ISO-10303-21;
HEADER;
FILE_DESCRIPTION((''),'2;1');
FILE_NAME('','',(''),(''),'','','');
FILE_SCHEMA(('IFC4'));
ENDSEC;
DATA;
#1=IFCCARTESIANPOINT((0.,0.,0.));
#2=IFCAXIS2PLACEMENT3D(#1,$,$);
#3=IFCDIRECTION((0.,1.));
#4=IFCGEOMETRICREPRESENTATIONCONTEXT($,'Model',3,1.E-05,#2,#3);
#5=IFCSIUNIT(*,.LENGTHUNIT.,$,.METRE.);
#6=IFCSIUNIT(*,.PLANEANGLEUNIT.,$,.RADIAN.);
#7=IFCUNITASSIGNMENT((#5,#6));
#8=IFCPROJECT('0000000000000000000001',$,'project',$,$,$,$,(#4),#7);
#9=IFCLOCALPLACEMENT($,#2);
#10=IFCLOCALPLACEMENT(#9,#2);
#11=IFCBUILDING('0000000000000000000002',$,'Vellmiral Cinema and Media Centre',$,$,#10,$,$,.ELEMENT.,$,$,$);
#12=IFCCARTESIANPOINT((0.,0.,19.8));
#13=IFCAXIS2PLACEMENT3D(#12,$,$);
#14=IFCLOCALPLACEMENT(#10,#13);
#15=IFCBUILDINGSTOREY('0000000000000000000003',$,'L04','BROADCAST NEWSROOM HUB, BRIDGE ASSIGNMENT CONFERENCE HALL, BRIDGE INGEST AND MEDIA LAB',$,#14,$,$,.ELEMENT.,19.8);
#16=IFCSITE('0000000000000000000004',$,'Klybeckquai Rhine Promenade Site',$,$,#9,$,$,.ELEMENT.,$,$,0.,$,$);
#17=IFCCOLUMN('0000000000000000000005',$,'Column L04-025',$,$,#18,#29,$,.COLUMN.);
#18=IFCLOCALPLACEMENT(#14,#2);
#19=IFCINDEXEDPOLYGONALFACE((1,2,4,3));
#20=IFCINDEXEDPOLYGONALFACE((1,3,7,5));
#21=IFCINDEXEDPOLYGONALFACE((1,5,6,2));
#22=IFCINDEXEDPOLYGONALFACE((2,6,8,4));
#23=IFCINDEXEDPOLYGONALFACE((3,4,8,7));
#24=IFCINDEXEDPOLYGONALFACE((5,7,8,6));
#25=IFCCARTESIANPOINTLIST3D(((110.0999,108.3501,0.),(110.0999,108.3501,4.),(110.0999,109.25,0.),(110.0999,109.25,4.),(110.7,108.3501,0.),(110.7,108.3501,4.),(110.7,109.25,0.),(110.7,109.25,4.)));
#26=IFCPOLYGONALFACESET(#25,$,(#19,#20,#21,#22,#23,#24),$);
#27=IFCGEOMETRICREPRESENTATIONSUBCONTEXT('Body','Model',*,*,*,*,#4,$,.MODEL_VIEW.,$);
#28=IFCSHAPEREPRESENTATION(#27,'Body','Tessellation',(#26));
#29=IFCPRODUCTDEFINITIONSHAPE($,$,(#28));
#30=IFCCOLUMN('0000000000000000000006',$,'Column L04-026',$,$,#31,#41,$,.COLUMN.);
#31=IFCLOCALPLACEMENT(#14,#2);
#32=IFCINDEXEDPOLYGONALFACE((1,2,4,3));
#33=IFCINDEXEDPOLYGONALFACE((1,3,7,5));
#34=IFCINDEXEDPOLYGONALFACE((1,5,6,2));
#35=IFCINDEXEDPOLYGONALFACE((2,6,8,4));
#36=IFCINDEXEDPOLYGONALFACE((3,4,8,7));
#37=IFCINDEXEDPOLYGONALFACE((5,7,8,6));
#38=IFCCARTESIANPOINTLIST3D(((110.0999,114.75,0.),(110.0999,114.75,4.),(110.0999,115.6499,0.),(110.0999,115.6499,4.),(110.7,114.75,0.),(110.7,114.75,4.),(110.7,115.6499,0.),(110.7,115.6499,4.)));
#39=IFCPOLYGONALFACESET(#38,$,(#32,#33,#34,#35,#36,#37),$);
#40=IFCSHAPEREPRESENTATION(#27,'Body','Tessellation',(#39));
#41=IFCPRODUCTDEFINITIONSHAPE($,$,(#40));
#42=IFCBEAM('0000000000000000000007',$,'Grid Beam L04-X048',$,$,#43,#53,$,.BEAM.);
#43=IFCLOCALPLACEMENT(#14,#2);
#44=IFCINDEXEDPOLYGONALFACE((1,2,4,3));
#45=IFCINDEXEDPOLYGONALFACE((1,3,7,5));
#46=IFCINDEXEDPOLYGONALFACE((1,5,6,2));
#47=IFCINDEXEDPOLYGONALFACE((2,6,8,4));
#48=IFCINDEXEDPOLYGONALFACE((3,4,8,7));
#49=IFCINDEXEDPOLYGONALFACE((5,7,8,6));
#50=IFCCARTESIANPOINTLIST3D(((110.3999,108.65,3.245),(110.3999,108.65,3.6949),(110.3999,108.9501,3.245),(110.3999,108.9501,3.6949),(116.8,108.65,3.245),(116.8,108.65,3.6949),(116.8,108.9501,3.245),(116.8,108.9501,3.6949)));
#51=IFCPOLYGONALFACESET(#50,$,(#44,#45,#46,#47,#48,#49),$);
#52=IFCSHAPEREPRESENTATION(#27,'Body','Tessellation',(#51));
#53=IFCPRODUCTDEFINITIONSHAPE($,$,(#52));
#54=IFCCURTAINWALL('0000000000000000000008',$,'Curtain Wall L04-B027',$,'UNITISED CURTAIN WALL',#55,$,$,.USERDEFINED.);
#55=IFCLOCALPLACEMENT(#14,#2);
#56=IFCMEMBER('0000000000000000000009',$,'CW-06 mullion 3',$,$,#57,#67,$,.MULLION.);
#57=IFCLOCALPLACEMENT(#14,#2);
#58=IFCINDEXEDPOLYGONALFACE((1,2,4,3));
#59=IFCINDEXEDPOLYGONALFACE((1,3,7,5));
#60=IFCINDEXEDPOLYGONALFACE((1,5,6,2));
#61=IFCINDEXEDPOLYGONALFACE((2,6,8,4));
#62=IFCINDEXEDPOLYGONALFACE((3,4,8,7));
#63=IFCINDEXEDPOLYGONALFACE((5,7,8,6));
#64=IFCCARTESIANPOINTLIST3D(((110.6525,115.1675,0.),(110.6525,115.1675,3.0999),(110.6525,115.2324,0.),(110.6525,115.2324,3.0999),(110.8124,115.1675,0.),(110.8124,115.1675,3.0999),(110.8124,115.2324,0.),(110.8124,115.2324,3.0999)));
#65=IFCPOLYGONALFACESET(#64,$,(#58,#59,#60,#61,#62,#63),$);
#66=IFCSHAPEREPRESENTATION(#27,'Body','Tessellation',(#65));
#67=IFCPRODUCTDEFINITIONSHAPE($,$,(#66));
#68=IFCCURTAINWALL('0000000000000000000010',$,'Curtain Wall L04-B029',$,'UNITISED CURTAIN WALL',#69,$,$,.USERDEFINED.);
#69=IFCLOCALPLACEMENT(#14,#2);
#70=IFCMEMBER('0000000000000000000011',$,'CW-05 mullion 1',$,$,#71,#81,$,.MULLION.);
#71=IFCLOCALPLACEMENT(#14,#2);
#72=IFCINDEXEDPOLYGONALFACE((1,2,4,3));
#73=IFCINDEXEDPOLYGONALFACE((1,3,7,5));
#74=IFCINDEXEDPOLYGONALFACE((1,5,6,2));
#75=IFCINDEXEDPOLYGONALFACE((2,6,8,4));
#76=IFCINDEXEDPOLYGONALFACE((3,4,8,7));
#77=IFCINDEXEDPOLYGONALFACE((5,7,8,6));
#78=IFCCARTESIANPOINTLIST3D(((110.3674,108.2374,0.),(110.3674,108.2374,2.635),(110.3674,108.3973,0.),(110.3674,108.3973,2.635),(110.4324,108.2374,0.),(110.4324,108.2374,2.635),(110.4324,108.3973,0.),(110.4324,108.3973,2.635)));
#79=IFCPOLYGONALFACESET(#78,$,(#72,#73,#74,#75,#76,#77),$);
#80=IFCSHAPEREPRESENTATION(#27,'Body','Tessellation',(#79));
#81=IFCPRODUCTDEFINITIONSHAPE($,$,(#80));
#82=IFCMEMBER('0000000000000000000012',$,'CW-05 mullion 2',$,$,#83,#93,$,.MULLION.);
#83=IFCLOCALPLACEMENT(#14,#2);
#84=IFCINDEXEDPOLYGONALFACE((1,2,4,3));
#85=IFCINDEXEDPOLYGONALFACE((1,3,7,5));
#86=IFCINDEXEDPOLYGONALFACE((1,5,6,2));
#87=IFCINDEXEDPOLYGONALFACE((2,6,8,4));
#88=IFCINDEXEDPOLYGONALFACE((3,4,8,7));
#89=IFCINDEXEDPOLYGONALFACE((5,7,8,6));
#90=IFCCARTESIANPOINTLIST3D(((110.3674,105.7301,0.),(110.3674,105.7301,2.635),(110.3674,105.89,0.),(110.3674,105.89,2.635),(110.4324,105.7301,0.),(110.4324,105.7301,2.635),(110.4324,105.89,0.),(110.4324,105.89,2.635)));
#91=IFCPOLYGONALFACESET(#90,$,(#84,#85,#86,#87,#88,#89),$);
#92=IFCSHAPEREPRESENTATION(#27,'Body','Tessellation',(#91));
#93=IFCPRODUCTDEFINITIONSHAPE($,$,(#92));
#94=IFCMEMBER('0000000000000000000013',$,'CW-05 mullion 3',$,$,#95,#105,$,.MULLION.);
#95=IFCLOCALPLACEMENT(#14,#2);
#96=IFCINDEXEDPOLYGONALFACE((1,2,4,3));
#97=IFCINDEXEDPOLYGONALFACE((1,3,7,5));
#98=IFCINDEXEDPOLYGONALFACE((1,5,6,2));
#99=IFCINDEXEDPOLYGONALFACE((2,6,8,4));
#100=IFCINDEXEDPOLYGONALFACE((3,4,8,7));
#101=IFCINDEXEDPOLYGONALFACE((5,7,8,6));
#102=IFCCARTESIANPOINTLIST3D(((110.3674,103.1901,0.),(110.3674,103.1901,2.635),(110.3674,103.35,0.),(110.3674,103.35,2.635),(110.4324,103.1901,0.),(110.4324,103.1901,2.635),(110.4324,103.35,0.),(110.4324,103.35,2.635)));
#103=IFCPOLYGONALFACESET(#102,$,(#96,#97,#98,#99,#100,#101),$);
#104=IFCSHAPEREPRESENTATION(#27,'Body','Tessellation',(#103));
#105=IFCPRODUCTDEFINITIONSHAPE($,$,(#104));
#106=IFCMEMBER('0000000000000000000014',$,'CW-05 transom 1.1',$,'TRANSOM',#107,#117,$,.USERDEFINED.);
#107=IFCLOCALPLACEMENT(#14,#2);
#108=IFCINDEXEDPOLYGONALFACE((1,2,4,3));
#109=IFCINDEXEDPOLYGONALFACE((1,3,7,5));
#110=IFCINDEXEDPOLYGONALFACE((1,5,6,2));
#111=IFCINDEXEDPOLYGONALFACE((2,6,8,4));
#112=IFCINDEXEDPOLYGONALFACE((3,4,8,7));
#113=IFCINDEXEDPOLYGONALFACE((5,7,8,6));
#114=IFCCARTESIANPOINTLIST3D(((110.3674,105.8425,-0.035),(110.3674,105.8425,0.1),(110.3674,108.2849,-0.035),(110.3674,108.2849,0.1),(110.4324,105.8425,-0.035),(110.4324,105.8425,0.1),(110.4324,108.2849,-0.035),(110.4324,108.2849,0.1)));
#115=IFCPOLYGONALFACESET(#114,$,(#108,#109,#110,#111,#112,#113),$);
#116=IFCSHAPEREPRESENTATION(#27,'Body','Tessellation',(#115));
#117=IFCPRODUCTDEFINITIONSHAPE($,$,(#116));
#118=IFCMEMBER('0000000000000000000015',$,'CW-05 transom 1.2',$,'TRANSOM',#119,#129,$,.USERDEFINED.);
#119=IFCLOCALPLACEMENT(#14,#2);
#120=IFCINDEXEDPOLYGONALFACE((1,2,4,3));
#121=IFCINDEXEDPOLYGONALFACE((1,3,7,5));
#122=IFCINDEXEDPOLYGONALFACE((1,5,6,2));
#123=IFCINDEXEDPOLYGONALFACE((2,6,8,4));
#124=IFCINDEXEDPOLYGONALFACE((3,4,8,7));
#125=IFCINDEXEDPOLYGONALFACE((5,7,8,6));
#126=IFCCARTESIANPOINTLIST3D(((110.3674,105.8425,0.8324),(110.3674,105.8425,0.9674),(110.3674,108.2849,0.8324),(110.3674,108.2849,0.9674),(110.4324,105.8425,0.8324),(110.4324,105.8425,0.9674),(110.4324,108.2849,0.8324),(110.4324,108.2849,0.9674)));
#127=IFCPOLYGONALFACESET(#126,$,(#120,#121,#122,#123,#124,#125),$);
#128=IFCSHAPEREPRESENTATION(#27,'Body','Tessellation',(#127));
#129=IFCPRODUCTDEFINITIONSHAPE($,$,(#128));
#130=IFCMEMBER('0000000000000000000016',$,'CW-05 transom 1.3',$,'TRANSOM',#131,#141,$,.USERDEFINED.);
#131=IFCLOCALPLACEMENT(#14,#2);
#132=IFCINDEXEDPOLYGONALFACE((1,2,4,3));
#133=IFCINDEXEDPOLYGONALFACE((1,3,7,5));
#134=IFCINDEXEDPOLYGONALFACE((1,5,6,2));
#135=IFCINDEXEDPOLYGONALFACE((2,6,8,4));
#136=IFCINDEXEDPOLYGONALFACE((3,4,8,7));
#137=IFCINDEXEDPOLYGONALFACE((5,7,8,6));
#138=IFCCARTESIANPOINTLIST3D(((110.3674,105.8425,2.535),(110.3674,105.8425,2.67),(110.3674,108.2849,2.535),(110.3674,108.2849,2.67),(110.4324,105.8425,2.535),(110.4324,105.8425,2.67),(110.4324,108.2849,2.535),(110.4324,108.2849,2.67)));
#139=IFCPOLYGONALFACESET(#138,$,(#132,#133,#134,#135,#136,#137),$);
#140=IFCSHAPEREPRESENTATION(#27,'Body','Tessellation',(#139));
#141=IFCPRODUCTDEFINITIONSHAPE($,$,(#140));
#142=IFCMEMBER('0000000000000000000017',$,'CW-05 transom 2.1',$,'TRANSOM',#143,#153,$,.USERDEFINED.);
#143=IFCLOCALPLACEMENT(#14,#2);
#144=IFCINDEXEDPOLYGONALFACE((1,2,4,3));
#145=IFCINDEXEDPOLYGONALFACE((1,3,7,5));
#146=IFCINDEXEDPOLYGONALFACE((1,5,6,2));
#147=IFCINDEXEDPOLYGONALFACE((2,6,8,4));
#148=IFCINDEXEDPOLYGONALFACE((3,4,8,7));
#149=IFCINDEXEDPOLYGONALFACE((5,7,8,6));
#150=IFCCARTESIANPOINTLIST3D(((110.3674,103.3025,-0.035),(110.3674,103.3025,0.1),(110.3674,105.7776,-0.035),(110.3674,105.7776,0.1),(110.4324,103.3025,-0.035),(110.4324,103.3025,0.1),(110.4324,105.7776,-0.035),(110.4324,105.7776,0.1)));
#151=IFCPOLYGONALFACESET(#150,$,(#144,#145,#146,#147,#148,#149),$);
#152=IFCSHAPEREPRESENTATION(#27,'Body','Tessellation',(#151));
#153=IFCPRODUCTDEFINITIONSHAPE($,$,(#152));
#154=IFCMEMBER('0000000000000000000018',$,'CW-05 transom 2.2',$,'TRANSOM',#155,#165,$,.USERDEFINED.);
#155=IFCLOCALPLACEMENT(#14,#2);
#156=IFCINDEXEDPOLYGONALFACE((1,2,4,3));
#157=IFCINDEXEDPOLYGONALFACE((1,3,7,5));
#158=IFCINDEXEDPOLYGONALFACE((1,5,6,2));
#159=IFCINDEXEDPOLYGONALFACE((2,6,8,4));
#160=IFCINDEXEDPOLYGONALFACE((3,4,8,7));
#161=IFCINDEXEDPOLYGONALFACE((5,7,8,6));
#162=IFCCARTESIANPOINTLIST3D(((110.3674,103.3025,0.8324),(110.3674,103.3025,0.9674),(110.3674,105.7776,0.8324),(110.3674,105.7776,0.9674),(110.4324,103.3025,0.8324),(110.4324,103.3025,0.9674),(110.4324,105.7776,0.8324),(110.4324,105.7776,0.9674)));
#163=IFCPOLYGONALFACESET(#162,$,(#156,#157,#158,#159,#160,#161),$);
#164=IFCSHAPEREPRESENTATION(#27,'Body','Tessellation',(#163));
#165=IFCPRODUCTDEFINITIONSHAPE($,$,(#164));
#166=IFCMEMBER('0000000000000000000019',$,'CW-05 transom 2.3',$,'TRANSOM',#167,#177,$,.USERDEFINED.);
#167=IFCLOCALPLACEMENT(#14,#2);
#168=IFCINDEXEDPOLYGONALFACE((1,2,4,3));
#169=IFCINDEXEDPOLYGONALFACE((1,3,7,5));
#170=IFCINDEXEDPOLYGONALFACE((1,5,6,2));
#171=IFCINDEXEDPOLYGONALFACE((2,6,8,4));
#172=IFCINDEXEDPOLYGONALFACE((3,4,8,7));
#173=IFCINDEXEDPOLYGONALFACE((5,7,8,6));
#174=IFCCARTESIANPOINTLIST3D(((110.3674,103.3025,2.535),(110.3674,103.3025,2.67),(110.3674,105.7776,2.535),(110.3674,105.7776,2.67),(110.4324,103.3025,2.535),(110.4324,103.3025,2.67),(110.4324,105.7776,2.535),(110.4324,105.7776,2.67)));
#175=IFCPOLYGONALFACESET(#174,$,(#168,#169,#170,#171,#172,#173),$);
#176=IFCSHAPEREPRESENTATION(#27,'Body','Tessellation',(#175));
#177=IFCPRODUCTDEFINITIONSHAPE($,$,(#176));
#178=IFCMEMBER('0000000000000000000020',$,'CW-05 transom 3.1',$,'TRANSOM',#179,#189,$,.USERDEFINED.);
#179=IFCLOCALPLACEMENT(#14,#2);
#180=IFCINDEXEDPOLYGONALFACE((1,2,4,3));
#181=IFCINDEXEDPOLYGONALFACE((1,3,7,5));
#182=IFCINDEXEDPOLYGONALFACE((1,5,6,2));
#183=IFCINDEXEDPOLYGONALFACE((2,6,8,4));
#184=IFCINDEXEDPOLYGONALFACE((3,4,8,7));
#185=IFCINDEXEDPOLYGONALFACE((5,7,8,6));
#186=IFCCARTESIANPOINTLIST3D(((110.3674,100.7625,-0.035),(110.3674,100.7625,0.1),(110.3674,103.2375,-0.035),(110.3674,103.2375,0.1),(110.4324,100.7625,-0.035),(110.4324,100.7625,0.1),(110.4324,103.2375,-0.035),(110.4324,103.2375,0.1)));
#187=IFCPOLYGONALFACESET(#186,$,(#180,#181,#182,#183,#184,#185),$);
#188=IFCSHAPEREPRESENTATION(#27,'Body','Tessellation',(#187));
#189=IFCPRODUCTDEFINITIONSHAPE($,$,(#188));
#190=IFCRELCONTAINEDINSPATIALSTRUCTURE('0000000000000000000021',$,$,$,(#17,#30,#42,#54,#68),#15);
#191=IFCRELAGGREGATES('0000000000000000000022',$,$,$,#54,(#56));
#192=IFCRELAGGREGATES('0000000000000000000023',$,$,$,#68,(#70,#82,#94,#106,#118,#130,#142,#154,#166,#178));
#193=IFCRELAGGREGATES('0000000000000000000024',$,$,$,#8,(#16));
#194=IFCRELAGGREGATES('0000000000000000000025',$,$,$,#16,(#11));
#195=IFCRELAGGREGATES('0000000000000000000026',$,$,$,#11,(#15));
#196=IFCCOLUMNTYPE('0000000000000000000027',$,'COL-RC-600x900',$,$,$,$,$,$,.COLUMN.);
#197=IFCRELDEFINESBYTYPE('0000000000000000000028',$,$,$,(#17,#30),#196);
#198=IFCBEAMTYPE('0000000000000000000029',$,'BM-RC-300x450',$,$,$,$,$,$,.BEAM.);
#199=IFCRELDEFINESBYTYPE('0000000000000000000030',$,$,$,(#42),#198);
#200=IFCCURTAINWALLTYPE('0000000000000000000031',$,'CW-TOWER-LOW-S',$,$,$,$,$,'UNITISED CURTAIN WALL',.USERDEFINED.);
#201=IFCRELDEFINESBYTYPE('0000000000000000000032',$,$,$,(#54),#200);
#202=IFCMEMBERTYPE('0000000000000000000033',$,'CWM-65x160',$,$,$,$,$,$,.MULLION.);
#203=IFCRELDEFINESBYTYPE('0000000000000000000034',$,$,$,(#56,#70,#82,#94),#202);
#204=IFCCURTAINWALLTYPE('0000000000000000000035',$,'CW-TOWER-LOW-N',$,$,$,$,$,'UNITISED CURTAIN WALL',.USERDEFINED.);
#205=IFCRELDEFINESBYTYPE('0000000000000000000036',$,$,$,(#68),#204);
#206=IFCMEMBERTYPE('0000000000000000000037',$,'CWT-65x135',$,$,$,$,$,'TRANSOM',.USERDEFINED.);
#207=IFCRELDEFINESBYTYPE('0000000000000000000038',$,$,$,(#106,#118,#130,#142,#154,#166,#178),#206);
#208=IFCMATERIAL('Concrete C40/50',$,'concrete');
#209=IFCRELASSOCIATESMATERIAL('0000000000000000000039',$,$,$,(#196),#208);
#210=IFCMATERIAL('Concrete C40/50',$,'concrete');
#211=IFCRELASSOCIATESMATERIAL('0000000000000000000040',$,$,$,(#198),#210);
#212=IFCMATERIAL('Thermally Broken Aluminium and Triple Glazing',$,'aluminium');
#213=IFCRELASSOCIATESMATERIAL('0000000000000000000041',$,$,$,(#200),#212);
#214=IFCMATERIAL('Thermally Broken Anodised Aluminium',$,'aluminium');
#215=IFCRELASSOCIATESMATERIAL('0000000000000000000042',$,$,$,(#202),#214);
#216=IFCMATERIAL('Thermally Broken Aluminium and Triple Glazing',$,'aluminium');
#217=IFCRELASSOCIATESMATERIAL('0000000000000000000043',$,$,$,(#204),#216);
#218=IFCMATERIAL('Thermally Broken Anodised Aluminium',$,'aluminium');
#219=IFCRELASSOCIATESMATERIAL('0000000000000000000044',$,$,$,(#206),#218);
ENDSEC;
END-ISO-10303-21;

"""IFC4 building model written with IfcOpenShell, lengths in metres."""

from ifc_helpers import new_model, si_unit, direction, frame, origin, origin_2d, place, context, subcontext, project, spatial, rectangle, extrude, material, material_profile, profile_set, type_object, element, aggregate, save


model = new_model("IFC4")

# Units and contexts
model_context = context("Model", 3, precision=1e-05, world=origin(), true_north=direction((0.0, 1.0)))
body_context = subcontext(model_context, "Body", "Model", "MODEL_VIEW")
ifc_project = project(units=[si_unit("LENGTHUNIT", "METRE"), si_unit("PLANEANGLEUNIT", "RADIAN")], contexts=[model_context])

# Site, building, storey
site_placement = place(None, origin())
site = spatial("IfcSite", under=ifc_project, at=site_placement, Name="Klybeckquai Rhine Promenade Site", CompositionType="ELEMENT", RefElevation=0.0)
building_placement = place(site_placement, origin())
building = spatial("IfcBuilding", under=site, at=building_placement, Name="Vellmiral Cinema and Media Centre", CompositionType="ELEMENT")
storey_placement = place(building_placement, frame((0.0, 0.0, 19.8)))
storey = spatial("IfcBuildingStorey", under=building, at=storey_placement, Name="L04", Description="BROADCAST NEWSROOM HUB, BRIDGE ASSIGNMENT CONFERENCE HALL, BRIDGE INGEST AND MEDIA LAB", CompositionType="ELEMENT", Elevation=19.8)

# Columns
ifc_material_1 = material(Name="Concrete C40/50", Category="concrete")
ifc_material_profile_1 = material_profile(ifc_material_1, rectangle(XDim=0.6001, YDim=0.8999, at=origin_2d()), Name="RC 600x900")
ifc_profile_set_1 = profile_set([ifc_material_profile_1], Name="Concrete C40/50")
column_type = type_object("IfcColumnType", Name="COL-RC-600x900", PredefinedType="COLUMN", material=ifc_profile_set_1)
for number, where, z_axis, x_axis, name in (
    (1, (110.3999, 108.8, 0.0), (0.0, 0.0, 1.0), (1.0, 0.0, 0.0), "Column L04-025"),
    (2, (110.3999, 115.2, 0.0), (0.0, 0.0, 1.0), (1.0, 0.0, 0.0), "Column L04-026"),
):
    element("IfcColumn", number, at=place(storey_placement, frame(where, z_axis=z_axis, x_axis=x_axis)), inside=storey, type_object=column_type, Name=name, PredefinedType="COLUMN", context=body_context, shape_type="SweptSolid", body=[
        extrude(rectangle(XDim=0.6001, YDim=0.8999, at=origin_2d()), origin(), (0.0, 0.0, 1.0), 4.0),
    ])

# Beam
ifc_material_2 = material(Name="Concrete C40/50", Category="concrete")
ifc_material_profile_2 = material_profile(ifc_material_2, rectangle(XDim=0.3, YDim=0.45, at=origin_2d()), Name="RC 300x450")
ifc_profile_set_2 = profile_set([ifc_material_profile_2], Name="Concrete C40/50")
beam_type_1 = type_object("IfcBeamType", Name="BM-RC-300x450", PredefinedType="BEAM", material=ifc_profile_set_2)
beam_1_placement = place(storey_placement, frame((110.3999, 108.8, 3.47), z_axis=(1.0, 0.0, 0.0), x_axis=(0.0, 1.0, 0.0)))
element("IfcBeam", 3, at=beam_1_placement, inside=storey, type_object=beam_type_1, Name="Grid Beam L04-X048", PredefinedType="BEAM", context=body_context, shape_type="SweptSolid", body=[
    extrude(rectangle(XDim=0.3, YDim=0.45, at=origin_2d()), origin(), (0.0, 0.0, 1.0), 6.4001),
])

# Curtain wall, member
ifc_material_3 = material(Name="Thermally Broken Aluminium and Triple Glazing", Category="aluminium")
curtain_wall_type_1 = type_object("IfcCurtainWallType", Name="CW-TOWER-LOW-S", ElementType="UNITISED CURTAIN WALL", PredefinedType="USERDEFINED", material=ifc_material_3)
curtain_wall_1_placement = place(storey_placement, origin())
curtain_wall_1 = element("IfcCurtainWall", 4, at=curtain_wall_1_placement, inside=storey, type_object=curtain_wall_type_1, Name="Curtain Wall L04-B027", ObjectType="UNITISED CURTAIN WALL", PredefinedType="USERDEFINED")
ifc_material_4 = material(Name="Thermally Broken Anodised Aluminium", Category="aluminium")
ifc_material_profile_3 = material_profile(ifc_material_4, rectangle(XDim=0.0649, YDim=0.1599, at=origin_2d()), Name="MULL 65x160")
ifc_profile_set_3 = profile_set([ifc_material_profile_3], Name="Thermally Broken Anodised Aluminium")
member_type_1 = type_object("IfcMemberType", Name="CWM-65x160", PredefinedType="MULLION", material=ifc_profile_set_3)
member_1_placement = place(storey_placement, frame((110.7324, 115.2, 0.0), z_axis=(0.0, 0.0, 1.0), x_axis=(0.0, -1.0, 0.0)))
member_1 = element("IfcMember", 5, at=member_1_placement, type_object=member_type_1, Name="CW-06 mullion 3", PredefinedType="MULLION", context=body_context, shape_type="SweptSolid", body=[
    extrude(rectangle(XDim=0.0649, YDim=0.1599, at=origin_2d()), origin(), (0.0, 0.0, 1.0), 3.0999),
])
aggregate(curtain_wall_1, [member_1])

# Curtain wall, members
ifc_material_5 = material(Name="Thermally Broken Aluminium and Triple Glazing", Category="aluminium")
curtain_wall_type_2 = type_object("IfcCurtainWallType", Name="CW-TOWER-LOW-N", ElementType="UNITISED CURTAIN WALL", PredefinedType="USERDEFINED", material=ifc_material_5)
curtain_wall_2_placement = place(storey_placement, origin())
curtain_wall_2 = element("IfcCurtainWall", 6, at=curtain_wall_2_placement, inside=storey, type_object=curtain_wall_type_2, Name="Curtain Wall L04-B029", ObjectType="UNITISED CURTAIN WALL", PredefinedType="USERDEFINED")
member_2_placement = place(storey_placement, frame((110.3999, 108.3174, 0.0), z_axis=(0.0, 0.0, 1.0), x_axis=(1.0, 0.0, 0.0)))
member_2 = element("IfcMember", 7, at=member_2_placement, type_object=member_type_1, Name="CW-05 mullion 1", PredefinedType="MULLION", context=body_context, shape_type="SweptSolid", body=[
    extrude(rectangle(XDim=0.0649, YDim=0.1599, at=origin_2d()), origin(), (0.0, 0.0, 1.0), 2.635),
])
member_3_placement = place(storey_placement, frame((110.3999, 105.8101, 0.0), z_axis=(0.0, 0.0, 1.0), x_axis=(1.0, 0.0, 0.0)))
member_3 = element("IfcMember", 8, at=member_3_placement, type_object=member_type_1, Name="CW-05 mullion 2", PredefinedType="MULLION", context=body_context, shape_type="SweptSolid", body=[
    extrude(rectangle(XDim=0.0649, YDim=0.1599, at=origin_2d()), origin(), (0.0, 0.0, 1.0), 2.635),
])
member_4_placement = place(storey_placement, frame((110.3999, 103.27, 0.0), z_axis=(0.0, 0.0, 1.0), x_axis=(1.0, 0.0, 0.0)))
member_4 = element("IfcMember", 9, at=member_4_placement, type_object=member_type_1, Name="CW-05 mullion 3", PredefinedType="MULLION", context=body_context, shape_type="SweptSolid", body=[
    extrude(rectangle(XDim=0.0649, YDim=0.1599, at=origin_2d()), origin(), (0.0, 0.0, 1.0), 2.635),
])
ifc_material_6 = material(Name="Thermally Broken Anodised Aluminium", Category="aluminium")
ifc_material_profile_4 = material_profile(ifc_material_6, rectangle(XDim=0.0649, YDim=0.135, at=origin_2d()), Name="MULL 65x135")
ifc_profile_set_4 = profile_set([ifc_material_profile_4], Name="Thermally Broken Anodised Aluminium")
member_type_2 = type_object("IfcMemberType", Name="CWT-65x135", ElementType="TRANSOM", PredefinedType="USERDEFINED", material=ifc_profile_set_4)
member_5_placement = place(storey_placement, frame((110.3999, 108.2849, 0.0325), z_axis=(0.0, -1.0, 0.0), x_axis=(1.0, 0.0, 0.0)))
member_5 = element("IfcMember", 10, at=member_5_placement, type_object=member_type_2, Name="CW-05 transom 1.1", ObjectType="TRANSOM", PredefinedType="USERDEFINED", context=body_context, shape_type="SweptSolid", body=[
    extrude(rectangle(XDim=0.0649, YDim=0.135, at=origin_2d()), origin(), (0.0, 0.0, 1.0), 2.4424),
])
member_6_placement = place(storey_placement, frame((110.3999, 108.2849, 0.8999), z_axis=(0.0, -1.0, 0.0), x_axis=(1.0, 0.0, 0.0)))
member_6 = element("IfcMember", 11, at=member_6_placement, type_object=member_type_2, Name="CW-05 transom 1.2", ObjectType="TRANSOM", PredefinedType="USERDEFINED", context=body_context, shape_type="SweptSolid", body=[
    extrude(rectangle(XDim=0.0649, YDim=0.135, at=origin_2d()), origin(), (0.0, 0.0, 1.0), 2.4424),
])
member_7_placement = place(storey_placement, frame((110.3999, 108.2849, 2.6025), z_axis=(0.0, -1.0, 0.0), x_axis=(1.0, 0.0, 0.0)))
member_7 = element("IfcMember", 12, at=member_7_placement, type_object=member_type_2, Name="CW-05 transom 1.3", ObjectType="TRANSOM", PredefinedType="USERDEFINED", context=body_context, shape_type="SweptSolid", body=[
    extrude(rectangle(XDim=0.0649, YDim=0.135, at=origin_2d()), origin(), (0.0, 0.0, 1.0), 2.4424),
])
member_8_placement = place(storey_placement, frame((110.3999, 105.7776, 0.0325), z_axis=(0.0, -1.0, 0.0), x_axis=(1.0, 0.0, 0.0)))
member_8 = element("IfcMember", 13, at=member_8_placement, type_object=member_type_2, Name="CW-05 transom 2.1", ObjectType="TRANSOM", PredefinedType="USERDEFINED", context=body_context, shape_type="SweptSolid", body=[
    extrude(rectangle(XDim=0.0649, YDim=0.135, at=origin_2d()), origin(), (0.0, 0.0, 1.0), 2.4751),
])
member_9_placement = place(storey_placement, frame((110.3999, 105.7776, 0.8999), z_axis=(0.0, -1.0, 0.0), x_axis=(1.0, 0.0, 0.0)))
member_9 = element("IfcMember", 14, at=member_9_placement, type_object=member_type_2, Name="CW-05 transom 2.2", ObjectType="TRANSOM", PredefinedType="USERDEFINED", context=body_context, shape_type="SweptSolid", body=[
    extrude(rectangle(XDim=0.0649, YDim=0.135, at=origin_2d()), origin(), (0.0, 0.0, 1.0), 2.4751),
])
member_10_placement = place(storey_placement, frame((110.3999, 105.7776, 2.6025), z_axis=(0.0, -1.0, 0.0), x_axis=(1.0, 0.0, 0.0)))
member_10 = element("IfcMember", 15, at=member_10_placement, type_object=member_type_2, Name="CW-05 transom 2.3", ObjectType="TRANSOM", PredefinedType="USERDEFINED", context=body_context, shape_type="SweptSolid", body=[
    extrude(rectangle(XDim=0.0649, YDim=0.135, at=origin_2d()), origin(), (0.0, 0.0, 1.0), 2.4751),
])
member_11_placement = place(storey_placement, frame((110.3999, 103.2375, 0.0325), z_axis=(0.0, -1.0, 0.0), x_axis=(1.0, 0.0, 0.0)))
member_11 = element("IfcMember", 16, at=member_11_placement, type_object=member_type_2, Name="CW-05 transom 3.1", ObjectType="TRANSOM", PredefinedType="USERDEFINED", context=body_context, shape_type="SweptSolid", body=[
    extrude(rectangle(XDim=0.0649, YDim=0.135, at=origin_2d()), origin(), (0.0, 0.0, 1.0), 2.4751),
])

aggregate(curtain_wall_2, [member_2, member_3, member_4, member_5, member_6, member_7, member_8, member_9, member_10, member_11])

save(model, "model.ifc")
